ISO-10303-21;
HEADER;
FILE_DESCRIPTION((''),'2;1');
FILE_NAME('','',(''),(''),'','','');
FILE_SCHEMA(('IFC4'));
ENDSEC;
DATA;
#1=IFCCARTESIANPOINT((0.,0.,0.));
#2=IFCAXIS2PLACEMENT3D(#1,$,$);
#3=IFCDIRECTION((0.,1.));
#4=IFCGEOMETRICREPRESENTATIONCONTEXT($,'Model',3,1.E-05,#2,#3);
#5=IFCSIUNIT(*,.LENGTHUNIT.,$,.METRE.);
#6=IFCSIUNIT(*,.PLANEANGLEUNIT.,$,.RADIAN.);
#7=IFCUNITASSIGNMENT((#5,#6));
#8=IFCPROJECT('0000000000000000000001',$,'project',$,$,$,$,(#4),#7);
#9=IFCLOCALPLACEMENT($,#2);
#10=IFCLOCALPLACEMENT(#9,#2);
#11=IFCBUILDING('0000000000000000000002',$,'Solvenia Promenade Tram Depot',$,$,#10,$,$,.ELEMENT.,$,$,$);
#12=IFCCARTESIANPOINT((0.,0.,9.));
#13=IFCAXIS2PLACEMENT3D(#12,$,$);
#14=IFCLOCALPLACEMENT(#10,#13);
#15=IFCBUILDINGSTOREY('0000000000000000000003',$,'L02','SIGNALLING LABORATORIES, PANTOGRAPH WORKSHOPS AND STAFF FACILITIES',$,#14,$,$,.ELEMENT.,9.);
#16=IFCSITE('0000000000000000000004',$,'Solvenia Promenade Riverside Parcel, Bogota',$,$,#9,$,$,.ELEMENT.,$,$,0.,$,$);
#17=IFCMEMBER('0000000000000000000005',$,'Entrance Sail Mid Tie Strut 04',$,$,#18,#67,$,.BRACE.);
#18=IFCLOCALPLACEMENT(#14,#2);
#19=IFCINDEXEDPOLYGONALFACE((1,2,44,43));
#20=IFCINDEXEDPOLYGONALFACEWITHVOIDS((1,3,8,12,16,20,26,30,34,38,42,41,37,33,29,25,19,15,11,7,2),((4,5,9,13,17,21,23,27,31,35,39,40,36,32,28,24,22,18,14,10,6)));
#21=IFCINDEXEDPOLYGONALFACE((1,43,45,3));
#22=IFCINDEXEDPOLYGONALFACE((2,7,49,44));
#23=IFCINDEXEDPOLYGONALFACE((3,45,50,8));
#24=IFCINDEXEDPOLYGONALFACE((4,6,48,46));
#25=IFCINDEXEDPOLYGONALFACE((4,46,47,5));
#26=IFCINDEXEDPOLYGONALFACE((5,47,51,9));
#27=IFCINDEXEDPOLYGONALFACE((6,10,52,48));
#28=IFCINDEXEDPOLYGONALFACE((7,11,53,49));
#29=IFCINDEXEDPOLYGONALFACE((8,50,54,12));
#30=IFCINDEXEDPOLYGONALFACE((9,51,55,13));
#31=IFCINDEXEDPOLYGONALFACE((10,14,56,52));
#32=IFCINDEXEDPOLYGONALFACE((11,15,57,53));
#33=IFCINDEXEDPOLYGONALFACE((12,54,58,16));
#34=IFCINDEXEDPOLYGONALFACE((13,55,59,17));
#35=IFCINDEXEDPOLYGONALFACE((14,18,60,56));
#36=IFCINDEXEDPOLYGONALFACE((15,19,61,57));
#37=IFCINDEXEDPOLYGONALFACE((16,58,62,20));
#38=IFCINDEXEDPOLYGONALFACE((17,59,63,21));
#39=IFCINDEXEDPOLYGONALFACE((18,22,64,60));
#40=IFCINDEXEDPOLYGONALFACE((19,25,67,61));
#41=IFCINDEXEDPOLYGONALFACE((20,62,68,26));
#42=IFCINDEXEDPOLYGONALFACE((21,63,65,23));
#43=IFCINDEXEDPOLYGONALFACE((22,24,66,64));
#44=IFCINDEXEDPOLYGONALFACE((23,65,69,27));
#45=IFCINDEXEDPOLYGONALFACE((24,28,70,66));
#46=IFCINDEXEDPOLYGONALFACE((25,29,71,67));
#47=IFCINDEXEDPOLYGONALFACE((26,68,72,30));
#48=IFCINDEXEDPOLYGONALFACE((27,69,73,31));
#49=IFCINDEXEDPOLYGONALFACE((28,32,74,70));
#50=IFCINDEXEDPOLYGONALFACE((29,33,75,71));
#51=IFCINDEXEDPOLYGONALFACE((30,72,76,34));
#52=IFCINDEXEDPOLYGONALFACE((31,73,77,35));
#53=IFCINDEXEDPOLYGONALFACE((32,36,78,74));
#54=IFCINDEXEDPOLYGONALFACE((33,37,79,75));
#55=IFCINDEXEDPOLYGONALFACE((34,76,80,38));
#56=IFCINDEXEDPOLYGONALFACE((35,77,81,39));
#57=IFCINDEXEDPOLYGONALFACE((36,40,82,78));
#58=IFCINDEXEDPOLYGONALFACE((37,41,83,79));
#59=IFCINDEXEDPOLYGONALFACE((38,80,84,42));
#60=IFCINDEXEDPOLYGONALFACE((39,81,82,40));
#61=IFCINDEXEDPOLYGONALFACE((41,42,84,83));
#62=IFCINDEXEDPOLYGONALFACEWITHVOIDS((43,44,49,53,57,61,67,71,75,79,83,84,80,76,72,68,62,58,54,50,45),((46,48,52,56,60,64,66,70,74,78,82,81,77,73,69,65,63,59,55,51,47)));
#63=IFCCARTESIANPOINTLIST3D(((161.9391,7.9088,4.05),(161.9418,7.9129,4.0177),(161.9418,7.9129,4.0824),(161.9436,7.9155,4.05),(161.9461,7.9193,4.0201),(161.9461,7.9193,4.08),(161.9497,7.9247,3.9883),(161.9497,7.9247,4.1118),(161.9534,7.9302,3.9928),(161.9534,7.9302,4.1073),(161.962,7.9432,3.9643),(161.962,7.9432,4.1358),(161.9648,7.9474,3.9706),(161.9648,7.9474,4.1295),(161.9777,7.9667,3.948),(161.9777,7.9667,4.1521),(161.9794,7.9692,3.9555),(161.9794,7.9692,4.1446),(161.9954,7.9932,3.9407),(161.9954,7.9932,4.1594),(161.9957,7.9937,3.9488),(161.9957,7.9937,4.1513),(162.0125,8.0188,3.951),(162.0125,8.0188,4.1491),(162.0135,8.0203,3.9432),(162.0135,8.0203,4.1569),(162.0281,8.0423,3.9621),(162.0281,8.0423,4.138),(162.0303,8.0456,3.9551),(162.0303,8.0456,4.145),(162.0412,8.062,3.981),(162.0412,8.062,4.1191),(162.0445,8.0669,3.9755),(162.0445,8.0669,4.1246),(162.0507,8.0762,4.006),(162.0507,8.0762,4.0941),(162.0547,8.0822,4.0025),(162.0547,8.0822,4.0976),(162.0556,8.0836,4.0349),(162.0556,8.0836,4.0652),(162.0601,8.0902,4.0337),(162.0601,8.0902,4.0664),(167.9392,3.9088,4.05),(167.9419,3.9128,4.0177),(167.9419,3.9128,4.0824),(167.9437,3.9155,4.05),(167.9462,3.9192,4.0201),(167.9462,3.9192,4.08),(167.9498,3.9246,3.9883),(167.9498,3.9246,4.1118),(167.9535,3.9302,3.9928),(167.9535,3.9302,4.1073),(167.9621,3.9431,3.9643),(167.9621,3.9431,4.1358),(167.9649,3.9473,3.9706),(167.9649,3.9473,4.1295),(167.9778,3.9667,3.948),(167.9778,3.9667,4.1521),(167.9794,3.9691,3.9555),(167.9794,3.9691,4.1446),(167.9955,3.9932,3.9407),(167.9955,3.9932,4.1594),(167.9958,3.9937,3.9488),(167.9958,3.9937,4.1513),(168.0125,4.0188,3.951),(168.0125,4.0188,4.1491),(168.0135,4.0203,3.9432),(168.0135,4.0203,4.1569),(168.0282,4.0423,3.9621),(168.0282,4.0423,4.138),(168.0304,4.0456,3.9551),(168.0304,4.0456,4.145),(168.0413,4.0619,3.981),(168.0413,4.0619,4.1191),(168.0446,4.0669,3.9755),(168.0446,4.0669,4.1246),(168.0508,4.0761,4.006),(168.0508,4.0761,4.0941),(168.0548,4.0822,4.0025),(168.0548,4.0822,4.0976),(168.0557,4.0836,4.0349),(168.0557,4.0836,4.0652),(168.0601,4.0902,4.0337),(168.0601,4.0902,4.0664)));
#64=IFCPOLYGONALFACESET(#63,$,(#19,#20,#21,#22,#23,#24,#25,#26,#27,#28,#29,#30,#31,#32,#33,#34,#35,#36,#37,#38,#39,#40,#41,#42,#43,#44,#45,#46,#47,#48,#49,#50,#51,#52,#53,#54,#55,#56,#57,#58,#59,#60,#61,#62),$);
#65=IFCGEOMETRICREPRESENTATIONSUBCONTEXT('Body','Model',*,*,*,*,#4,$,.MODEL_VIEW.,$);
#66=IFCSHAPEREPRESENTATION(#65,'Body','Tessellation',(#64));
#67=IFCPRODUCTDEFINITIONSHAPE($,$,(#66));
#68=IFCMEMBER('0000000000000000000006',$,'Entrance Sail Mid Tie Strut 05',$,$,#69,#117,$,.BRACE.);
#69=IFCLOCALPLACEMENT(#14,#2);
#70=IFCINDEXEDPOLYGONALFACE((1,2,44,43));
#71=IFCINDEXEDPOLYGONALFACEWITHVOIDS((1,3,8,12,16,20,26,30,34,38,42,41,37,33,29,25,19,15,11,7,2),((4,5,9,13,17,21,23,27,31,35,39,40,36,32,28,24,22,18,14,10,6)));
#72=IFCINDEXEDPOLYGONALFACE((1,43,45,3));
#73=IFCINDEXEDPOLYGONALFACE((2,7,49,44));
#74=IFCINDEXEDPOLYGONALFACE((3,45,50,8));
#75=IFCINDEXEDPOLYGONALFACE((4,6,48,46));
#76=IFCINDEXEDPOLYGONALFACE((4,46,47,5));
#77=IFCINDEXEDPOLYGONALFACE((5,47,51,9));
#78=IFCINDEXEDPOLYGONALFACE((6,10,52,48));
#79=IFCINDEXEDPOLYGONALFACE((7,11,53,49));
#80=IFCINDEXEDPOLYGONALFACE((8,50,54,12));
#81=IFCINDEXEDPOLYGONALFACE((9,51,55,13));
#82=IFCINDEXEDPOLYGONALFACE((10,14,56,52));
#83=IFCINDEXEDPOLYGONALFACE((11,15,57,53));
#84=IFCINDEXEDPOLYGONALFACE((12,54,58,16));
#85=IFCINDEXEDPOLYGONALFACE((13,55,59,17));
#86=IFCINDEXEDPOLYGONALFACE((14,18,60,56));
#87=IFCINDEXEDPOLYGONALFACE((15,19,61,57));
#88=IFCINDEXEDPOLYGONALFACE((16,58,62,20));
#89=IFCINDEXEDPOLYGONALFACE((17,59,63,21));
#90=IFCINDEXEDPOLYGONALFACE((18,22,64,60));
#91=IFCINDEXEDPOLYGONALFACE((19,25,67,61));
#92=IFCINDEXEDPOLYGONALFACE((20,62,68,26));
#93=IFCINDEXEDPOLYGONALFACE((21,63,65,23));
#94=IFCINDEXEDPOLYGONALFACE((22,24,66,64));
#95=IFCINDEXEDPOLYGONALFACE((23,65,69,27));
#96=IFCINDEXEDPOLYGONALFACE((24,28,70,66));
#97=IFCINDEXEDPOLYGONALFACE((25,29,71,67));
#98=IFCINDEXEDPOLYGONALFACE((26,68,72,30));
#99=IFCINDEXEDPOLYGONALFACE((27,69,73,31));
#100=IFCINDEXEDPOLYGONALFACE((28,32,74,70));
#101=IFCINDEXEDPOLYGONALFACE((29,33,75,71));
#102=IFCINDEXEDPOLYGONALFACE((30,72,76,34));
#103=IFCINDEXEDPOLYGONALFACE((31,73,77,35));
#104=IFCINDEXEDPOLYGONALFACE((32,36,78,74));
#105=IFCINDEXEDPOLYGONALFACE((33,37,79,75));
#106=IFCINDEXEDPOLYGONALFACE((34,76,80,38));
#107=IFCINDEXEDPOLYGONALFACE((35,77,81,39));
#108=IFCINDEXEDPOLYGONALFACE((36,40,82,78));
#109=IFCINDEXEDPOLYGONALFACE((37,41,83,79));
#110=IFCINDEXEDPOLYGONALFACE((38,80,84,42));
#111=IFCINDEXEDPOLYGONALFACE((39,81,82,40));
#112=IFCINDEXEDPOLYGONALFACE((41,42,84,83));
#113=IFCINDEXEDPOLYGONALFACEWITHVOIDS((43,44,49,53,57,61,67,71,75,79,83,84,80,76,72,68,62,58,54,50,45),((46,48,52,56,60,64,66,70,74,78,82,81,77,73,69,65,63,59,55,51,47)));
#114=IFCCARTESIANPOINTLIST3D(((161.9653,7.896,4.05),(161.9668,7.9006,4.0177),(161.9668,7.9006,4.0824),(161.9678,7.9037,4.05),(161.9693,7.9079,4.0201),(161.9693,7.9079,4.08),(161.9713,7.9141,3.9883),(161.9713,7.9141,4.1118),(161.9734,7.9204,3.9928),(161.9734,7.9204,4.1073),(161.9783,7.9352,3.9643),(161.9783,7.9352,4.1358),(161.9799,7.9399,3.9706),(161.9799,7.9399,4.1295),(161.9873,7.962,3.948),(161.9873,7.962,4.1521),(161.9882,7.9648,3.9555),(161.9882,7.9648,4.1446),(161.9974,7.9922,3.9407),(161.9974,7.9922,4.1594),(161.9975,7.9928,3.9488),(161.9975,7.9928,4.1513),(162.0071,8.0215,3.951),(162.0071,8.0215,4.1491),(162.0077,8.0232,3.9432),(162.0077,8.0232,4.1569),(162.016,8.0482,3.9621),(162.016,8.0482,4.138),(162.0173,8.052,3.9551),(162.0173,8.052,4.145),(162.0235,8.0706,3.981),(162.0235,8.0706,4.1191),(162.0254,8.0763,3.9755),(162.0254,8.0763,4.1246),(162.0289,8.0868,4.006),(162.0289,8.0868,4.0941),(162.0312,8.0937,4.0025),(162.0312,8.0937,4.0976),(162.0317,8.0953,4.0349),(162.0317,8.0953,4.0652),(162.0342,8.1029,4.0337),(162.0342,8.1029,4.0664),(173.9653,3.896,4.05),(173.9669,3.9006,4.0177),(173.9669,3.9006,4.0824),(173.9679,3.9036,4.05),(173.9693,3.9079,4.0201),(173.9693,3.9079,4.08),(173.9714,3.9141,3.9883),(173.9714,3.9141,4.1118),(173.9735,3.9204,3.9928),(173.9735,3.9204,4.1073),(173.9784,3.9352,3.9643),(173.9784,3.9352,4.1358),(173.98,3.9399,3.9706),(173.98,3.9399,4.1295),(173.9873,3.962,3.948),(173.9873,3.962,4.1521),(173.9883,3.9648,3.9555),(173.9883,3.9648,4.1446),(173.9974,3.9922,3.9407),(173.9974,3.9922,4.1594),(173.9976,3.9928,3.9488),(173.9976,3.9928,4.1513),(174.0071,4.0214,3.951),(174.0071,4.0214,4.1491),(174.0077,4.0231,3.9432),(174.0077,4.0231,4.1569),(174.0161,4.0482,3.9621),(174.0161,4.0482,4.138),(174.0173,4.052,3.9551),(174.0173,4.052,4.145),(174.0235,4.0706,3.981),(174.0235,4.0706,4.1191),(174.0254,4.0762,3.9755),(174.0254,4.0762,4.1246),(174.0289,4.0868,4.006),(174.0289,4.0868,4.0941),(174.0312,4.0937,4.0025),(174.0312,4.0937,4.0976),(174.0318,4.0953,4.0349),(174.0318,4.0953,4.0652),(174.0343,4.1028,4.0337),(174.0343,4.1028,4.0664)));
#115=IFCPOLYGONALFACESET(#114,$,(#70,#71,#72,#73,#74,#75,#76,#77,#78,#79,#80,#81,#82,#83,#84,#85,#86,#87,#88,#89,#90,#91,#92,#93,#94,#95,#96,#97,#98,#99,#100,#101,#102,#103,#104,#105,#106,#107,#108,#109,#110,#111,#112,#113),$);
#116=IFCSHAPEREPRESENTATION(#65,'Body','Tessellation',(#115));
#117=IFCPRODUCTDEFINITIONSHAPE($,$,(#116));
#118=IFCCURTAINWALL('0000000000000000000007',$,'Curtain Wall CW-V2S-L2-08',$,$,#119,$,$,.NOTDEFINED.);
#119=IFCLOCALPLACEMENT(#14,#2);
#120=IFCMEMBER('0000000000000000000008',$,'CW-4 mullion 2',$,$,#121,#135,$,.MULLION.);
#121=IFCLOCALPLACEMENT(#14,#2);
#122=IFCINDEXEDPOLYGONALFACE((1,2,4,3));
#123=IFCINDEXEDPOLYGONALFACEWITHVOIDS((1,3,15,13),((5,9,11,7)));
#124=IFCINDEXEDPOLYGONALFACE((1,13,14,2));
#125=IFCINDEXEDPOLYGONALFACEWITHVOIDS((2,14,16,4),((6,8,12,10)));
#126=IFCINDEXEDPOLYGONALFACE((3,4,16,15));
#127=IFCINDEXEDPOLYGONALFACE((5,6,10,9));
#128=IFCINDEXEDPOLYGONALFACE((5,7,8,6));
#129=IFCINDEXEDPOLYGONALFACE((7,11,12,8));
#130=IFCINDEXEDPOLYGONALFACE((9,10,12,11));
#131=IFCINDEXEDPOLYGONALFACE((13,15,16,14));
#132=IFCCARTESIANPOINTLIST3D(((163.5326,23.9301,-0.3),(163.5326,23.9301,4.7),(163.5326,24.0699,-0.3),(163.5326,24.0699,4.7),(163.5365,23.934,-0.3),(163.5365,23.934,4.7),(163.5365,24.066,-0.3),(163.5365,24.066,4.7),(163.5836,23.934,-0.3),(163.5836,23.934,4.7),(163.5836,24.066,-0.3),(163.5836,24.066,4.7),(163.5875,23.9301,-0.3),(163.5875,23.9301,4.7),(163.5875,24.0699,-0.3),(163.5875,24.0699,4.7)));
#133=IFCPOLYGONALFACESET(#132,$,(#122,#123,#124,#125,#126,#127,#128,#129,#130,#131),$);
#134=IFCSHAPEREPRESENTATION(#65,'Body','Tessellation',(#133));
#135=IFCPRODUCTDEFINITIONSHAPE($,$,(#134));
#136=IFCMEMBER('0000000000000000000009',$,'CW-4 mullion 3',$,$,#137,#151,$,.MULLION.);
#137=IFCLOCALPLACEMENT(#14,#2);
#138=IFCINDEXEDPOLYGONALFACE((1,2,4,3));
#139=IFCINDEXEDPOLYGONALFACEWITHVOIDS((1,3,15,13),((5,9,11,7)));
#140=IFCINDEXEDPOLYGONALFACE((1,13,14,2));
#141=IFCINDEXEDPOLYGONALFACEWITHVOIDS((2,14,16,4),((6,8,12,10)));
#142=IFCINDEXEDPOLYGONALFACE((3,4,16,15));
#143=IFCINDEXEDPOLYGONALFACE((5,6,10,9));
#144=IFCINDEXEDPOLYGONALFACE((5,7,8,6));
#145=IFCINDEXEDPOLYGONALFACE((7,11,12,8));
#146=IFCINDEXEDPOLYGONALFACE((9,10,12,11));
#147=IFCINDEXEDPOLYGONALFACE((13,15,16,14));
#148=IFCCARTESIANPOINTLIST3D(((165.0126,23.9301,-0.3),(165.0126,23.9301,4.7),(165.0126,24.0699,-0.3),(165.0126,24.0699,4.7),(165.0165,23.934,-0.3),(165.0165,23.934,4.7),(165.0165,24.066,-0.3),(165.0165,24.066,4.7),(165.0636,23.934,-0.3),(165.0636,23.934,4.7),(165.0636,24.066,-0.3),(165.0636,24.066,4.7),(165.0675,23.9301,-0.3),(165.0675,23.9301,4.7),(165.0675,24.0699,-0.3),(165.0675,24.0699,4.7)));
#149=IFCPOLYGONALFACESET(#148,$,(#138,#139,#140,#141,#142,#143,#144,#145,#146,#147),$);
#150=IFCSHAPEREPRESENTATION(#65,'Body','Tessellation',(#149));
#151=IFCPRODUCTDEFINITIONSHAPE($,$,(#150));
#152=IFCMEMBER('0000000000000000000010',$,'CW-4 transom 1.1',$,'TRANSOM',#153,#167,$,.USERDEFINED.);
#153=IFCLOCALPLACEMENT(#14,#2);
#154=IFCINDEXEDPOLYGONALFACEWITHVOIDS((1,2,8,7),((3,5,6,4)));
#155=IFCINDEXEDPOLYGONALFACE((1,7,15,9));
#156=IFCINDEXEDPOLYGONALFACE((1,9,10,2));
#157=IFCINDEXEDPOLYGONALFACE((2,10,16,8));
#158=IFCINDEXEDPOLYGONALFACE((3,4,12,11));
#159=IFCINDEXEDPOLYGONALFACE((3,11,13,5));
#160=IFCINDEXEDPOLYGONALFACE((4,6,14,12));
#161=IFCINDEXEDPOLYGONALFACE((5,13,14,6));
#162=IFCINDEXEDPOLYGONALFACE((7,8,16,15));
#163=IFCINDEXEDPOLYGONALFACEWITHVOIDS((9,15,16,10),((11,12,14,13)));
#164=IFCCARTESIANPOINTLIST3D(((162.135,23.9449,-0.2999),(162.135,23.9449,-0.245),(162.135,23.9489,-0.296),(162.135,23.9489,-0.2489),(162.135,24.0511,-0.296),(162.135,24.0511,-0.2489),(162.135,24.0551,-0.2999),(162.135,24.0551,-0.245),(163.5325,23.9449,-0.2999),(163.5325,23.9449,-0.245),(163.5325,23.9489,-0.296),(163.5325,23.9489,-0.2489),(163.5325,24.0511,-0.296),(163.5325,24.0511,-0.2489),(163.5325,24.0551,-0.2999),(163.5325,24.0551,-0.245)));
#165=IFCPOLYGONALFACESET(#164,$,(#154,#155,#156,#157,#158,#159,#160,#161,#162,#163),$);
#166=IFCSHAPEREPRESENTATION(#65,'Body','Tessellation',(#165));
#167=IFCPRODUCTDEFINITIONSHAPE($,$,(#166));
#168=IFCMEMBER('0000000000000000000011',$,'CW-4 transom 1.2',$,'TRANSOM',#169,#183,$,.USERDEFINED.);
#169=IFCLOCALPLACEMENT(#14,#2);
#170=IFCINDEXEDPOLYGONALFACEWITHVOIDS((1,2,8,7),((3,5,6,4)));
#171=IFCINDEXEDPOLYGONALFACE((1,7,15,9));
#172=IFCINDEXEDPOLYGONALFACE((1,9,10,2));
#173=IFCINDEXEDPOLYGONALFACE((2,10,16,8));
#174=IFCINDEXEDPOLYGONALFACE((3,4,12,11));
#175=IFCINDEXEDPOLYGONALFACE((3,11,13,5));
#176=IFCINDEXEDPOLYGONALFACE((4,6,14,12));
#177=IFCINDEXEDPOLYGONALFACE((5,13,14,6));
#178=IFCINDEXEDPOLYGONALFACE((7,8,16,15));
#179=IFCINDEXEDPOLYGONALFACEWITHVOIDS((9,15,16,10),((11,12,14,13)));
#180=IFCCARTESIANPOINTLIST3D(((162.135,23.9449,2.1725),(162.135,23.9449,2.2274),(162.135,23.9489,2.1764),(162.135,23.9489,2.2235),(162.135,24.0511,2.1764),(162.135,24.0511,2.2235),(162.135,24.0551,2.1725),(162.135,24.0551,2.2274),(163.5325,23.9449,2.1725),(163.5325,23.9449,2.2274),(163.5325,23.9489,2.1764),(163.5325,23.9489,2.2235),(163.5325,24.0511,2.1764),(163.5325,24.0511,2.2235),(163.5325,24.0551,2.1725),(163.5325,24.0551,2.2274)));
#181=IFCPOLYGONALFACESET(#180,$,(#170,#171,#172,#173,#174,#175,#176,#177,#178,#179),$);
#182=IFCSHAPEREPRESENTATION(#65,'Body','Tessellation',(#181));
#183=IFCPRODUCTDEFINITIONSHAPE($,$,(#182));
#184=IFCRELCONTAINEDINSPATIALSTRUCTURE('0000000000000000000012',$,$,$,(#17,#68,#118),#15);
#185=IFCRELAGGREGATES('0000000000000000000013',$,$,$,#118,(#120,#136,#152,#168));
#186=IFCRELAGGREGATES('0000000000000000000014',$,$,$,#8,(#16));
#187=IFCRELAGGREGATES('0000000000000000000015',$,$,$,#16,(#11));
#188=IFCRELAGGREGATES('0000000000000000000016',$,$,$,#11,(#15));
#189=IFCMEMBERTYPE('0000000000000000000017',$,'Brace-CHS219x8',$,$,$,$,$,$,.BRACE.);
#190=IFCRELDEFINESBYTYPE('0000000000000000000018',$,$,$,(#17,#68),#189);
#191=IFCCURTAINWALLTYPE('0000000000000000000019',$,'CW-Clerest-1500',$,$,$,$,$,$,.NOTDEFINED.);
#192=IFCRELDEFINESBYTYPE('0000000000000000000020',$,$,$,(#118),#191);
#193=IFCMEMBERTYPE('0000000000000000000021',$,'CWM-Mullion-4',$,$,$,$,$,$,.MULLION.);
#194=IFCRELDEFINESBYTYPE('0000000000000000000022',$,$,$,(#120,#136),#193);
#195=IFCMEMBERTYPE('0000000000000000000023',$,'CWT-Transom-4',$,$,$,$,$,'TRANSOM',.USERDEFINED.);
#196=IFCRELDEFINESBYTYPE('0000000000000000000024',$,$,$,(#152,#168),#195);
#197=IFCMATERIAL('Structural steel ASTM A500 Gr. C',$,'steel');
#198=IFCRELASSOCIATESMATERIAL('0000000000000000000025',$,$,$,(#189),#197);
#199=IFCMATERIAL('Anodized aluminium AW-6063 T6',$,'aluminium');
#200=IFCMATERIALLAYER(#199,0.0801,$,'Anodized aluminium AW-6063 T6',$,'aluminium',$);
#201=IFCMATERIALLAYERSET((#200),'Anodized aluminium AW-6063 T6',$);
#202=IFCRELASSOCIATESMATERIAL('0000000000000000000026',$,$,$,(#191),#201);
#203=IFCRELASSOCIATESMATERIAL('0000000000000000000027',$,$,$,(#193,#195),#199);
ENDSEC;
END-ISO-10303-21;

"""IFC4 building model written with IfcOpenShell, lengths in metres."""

from ifc_helpers import new_model, si_unit, direction, frame, origin, origin_2d, place, context, subcontext, project, spatial, hollow_rectangle, hollow_circle, extrude, material, layer, layer_set, material_profile, profile_set, type_object, element, aggregate, save


model = new_model("IFC4")

# Units and contexts
model_context = context("Model", 3, precision=1e-05, world=origin(), true_north=direction((0.0, 1.0)))
body_context = subcontext(model_context, "Body", "Model", "MODEL_VIEW")
ifc_project = project(units=[si_unit("LENGTHUNIT", "METRE"), si_unit("PLANEANGLEUNIT", "RADIAN")], contexts=[model_context])

# Site, building, storey
site_placement = place(None, origin())
site = spatial("IfcSite", under=ifc_project, at=site_placement, Name="Solvenia Promenade Riverside Parcel, Bogota", CompositionType="ELEMENT", RefElevation=0.0)
building_placement = place(site_placement, origin())
building = spatial("IfcBuilding", under=site, at=building_placement, Name="Solvenia Promenade Tram Depot", CompositionType="ELEMENT")
storey_placement = place(building_placement, frame((0.0, 0.0, 9.0)))
storey = spatial("IfcBuildingStorey", under=building, at=storey_placement, Name="L02", Description="SIGNALLING LABORATORIES, PANTOGRAPH WORKSHOPS AND STAFF FACILITIES", CompositionType="ELEMENT", Elevation=9.0)

# Members
ifc_material_1 = material(Name="Structural steel ASTM A500 Gr. C", Category="steel")
ifc_material_profile_1 = material_profile(ifc_material_1, hollow_circle(Radius=0.1096, WallThickness=0.0081, at=origin_2d()), Name="CHS219.1x8", Category="steel")
ifc_profile_set_1 = profile_set([ifc_material_profile_1], Name="Structural steel ASTM A500 Gr. C")
member_type_1 = type_object("IfcMemberType", Name="Brace-CHS219x8", PredefinedType="BRACE", material=ifc_profile_set_1)
member_1_placement = place(storey_placement, frame((168.0, 4.0, 4.05), z_axis=(-0.83205, 0.5547, 0.0), x_axis=(-0.5547, -0.83205, 0.0)))
element("IfcMember", 1, at=member_1_placement, inside=storey, type_object=member_type_1, Name="Entrance Sail Mid Tie Strut 04", PredefinedType="BRACE", context=body_context, shape_type="SweptSolid", body=[
    extrude(hollow_circle(Radius=0.1096, WallThickness=0.0081, at=origin_2d()), origin(), (0.0, 0.0, 1.0), 7.2112),
])
member_2_placement = place(storey_placement, frame((174.0, 4.0, 4.05), z_axis=(-0.948683, 0.316228, 0.0), x_axis=(-0.316228, -0.948683, 0.0)))
element("IfcMember", 2, at=member_2_placement, inside=storey, type_object=member_type_1, Name="Entrance Sail Mid Tie Strut 05", PredefinedType="BRACE", context=body_context, shape_type="SweptSolid", body=[
    extrude(hollow_circle(Radius=0.1096, WallThickness=0.0081, at=origin_2d()), origin(), (0.0, 0.0, 1.0), 12.6492),
])

# Curtain wall, members
ifc_material_2 = material(Name="Anodized aluminium AW-6063 T6", Category="aluminium")
ifc_layer_1 = layer(ifc_material_2, 0.0801, Name="Anodized aluminium AW-6063 T6", Category="aluminium")
ifc_layer_set_1 = layer_set([ifc_layer_1], Name="Anodized aluminium AW-6063 T6")
curtain_wall_type = type_object("IfcCurtainWallType", Name="CW-Clerest-1500", PredefinedType="NOTDEFINED", material=ifc_layer_set_1)
curtain_wall_placement = place(storey_placement, origin())
curtain_wall = element("IfcCurtainWall", 3, at=curtain_wall_placement, inside=storey, type_object=curtain_wall_type, Name="Curtain Wall CW-V2S-L2-08", PredefinedType="NOTDEFINED")
ifc_material_profile_2 = material_profile(ifc_material_2, hollow_rectangle(XDim=0.1399, YDim=0.0549, WallThickness=0.0039, at=origin_2d()), Name="ALU-M4", Category="aluminium")
ifc_profile_set_2 = profile_set([ifc_material_profile_2], Name="Anodized aluminium AW-6063 T6")
member_type_2 = type_object("IfcMemberType", Name="CWM-Mullion-4", PredefinedType="MULLION", material=ifc_profile_set_2)
member_3_placement = place(storey_placement, frame((163.5601, 24.0, -0.3), z_axis=(0.0, 0.0, 1.0), x_axis=(0.0, 1.0, 0.0)))
member_3 = element("IfcMember", 4, at=member_3_placement, type_object=member_type_2, Name="CW-4 mullion 2", PredefinedType="MULLION", context=body_context, shape_type="SweptSolid", body=[
    extrude(hollow_rectangle(XDim=0.1399, YDim=0.0549, WallThickness=0.0039, at=origin_2d()), origin(), (0.0, 0.0, 1.0), 5.0),
])
member_4_placement = place(storey_placement, frame((165.04, 24.0, -0.3), z_axis=(0.0, 0.0, 1.0), x_axis=(0.0, 1.0, 0.0)))
member_4 = element("IfcMember", 5, at=member_4_placement, type_object=member_type_2, Name="CW-4 mullion 3", PredefinedType="MULLION", context=body_context, shape_type="SweptSolid", body=[
    extrude(hollow_rectangle(XDim=0.1399, YDim=0.0549, WallThickness=0.0039, at=origin_2d()), origin(), (0.0, 0.0, 1.0), 5.0),
])
ifc_material_profile_3 = material_profile(ifc_material_2, hollow_rectangle(XDim=0.1101, YDim=0.0549, WallThickness=0.0039, at=origin_2d()), Name="ALU-T4", Category="aluminium")
ifc_profile_set_3 = profile_set([ifc_material_profile_3], Name="Anodized aluminium AW-6063 T6")
member_type_3 = type_object("IfcMemberType", Name="CWT-Transom-4", ElementType="TRANSOM", PredefinedType="USERDEFINED", material=ifc_profile_set_3)
member_5_placement = place(storey_placement, frame((162.135, 24.0, -0.2725), z_axis=(1.0, 0.0, 0.0), x_axis=(0.0, 1.0, 0.0)))
member_5 = element("IfcMember", 6, at=member_5_placement, type_object=member_type_3, Name="CW-4 transom 1.1", ObjectType="TRANSOM", PredefinedType="USERDEFINED", context=body_context, shape_type="SweptSolid", body=[
    extrude(hollow_rectangle(XDim=0.1101, YDim=0.0549, WallThickness=0.0039, at=origin_2d()), origin(), (0.0, 0.0, 1.0), 1.3975),
])
member_6_placement = place(storey_placement, frame((162.135, 24.0, 2.2), z_axis=(1.0, 0.0, 0.0), x_axis=(0.0, 1.0, 0.0)))
member_6 = element("IfcMember", 7, at=member_6_placement, type_object=member_type_3, Name="CW-4 transom 1.2", ObjectType="TRANSOM", PredefinedType="USERDEFINED", context=body_context, shape_type="SweptSolid", body=[
    extrude(hollow_rectangle(XDim=0.1101, YDim=0.0549, WallThickness=0.0039, at=origin_2d()), origin(), (0.0, 0.0, 1.0), 1.3975),
])

aggregate(curtain_wall, [member_3, member_4, member_5, member_6])

save(model, "model.ifc")
